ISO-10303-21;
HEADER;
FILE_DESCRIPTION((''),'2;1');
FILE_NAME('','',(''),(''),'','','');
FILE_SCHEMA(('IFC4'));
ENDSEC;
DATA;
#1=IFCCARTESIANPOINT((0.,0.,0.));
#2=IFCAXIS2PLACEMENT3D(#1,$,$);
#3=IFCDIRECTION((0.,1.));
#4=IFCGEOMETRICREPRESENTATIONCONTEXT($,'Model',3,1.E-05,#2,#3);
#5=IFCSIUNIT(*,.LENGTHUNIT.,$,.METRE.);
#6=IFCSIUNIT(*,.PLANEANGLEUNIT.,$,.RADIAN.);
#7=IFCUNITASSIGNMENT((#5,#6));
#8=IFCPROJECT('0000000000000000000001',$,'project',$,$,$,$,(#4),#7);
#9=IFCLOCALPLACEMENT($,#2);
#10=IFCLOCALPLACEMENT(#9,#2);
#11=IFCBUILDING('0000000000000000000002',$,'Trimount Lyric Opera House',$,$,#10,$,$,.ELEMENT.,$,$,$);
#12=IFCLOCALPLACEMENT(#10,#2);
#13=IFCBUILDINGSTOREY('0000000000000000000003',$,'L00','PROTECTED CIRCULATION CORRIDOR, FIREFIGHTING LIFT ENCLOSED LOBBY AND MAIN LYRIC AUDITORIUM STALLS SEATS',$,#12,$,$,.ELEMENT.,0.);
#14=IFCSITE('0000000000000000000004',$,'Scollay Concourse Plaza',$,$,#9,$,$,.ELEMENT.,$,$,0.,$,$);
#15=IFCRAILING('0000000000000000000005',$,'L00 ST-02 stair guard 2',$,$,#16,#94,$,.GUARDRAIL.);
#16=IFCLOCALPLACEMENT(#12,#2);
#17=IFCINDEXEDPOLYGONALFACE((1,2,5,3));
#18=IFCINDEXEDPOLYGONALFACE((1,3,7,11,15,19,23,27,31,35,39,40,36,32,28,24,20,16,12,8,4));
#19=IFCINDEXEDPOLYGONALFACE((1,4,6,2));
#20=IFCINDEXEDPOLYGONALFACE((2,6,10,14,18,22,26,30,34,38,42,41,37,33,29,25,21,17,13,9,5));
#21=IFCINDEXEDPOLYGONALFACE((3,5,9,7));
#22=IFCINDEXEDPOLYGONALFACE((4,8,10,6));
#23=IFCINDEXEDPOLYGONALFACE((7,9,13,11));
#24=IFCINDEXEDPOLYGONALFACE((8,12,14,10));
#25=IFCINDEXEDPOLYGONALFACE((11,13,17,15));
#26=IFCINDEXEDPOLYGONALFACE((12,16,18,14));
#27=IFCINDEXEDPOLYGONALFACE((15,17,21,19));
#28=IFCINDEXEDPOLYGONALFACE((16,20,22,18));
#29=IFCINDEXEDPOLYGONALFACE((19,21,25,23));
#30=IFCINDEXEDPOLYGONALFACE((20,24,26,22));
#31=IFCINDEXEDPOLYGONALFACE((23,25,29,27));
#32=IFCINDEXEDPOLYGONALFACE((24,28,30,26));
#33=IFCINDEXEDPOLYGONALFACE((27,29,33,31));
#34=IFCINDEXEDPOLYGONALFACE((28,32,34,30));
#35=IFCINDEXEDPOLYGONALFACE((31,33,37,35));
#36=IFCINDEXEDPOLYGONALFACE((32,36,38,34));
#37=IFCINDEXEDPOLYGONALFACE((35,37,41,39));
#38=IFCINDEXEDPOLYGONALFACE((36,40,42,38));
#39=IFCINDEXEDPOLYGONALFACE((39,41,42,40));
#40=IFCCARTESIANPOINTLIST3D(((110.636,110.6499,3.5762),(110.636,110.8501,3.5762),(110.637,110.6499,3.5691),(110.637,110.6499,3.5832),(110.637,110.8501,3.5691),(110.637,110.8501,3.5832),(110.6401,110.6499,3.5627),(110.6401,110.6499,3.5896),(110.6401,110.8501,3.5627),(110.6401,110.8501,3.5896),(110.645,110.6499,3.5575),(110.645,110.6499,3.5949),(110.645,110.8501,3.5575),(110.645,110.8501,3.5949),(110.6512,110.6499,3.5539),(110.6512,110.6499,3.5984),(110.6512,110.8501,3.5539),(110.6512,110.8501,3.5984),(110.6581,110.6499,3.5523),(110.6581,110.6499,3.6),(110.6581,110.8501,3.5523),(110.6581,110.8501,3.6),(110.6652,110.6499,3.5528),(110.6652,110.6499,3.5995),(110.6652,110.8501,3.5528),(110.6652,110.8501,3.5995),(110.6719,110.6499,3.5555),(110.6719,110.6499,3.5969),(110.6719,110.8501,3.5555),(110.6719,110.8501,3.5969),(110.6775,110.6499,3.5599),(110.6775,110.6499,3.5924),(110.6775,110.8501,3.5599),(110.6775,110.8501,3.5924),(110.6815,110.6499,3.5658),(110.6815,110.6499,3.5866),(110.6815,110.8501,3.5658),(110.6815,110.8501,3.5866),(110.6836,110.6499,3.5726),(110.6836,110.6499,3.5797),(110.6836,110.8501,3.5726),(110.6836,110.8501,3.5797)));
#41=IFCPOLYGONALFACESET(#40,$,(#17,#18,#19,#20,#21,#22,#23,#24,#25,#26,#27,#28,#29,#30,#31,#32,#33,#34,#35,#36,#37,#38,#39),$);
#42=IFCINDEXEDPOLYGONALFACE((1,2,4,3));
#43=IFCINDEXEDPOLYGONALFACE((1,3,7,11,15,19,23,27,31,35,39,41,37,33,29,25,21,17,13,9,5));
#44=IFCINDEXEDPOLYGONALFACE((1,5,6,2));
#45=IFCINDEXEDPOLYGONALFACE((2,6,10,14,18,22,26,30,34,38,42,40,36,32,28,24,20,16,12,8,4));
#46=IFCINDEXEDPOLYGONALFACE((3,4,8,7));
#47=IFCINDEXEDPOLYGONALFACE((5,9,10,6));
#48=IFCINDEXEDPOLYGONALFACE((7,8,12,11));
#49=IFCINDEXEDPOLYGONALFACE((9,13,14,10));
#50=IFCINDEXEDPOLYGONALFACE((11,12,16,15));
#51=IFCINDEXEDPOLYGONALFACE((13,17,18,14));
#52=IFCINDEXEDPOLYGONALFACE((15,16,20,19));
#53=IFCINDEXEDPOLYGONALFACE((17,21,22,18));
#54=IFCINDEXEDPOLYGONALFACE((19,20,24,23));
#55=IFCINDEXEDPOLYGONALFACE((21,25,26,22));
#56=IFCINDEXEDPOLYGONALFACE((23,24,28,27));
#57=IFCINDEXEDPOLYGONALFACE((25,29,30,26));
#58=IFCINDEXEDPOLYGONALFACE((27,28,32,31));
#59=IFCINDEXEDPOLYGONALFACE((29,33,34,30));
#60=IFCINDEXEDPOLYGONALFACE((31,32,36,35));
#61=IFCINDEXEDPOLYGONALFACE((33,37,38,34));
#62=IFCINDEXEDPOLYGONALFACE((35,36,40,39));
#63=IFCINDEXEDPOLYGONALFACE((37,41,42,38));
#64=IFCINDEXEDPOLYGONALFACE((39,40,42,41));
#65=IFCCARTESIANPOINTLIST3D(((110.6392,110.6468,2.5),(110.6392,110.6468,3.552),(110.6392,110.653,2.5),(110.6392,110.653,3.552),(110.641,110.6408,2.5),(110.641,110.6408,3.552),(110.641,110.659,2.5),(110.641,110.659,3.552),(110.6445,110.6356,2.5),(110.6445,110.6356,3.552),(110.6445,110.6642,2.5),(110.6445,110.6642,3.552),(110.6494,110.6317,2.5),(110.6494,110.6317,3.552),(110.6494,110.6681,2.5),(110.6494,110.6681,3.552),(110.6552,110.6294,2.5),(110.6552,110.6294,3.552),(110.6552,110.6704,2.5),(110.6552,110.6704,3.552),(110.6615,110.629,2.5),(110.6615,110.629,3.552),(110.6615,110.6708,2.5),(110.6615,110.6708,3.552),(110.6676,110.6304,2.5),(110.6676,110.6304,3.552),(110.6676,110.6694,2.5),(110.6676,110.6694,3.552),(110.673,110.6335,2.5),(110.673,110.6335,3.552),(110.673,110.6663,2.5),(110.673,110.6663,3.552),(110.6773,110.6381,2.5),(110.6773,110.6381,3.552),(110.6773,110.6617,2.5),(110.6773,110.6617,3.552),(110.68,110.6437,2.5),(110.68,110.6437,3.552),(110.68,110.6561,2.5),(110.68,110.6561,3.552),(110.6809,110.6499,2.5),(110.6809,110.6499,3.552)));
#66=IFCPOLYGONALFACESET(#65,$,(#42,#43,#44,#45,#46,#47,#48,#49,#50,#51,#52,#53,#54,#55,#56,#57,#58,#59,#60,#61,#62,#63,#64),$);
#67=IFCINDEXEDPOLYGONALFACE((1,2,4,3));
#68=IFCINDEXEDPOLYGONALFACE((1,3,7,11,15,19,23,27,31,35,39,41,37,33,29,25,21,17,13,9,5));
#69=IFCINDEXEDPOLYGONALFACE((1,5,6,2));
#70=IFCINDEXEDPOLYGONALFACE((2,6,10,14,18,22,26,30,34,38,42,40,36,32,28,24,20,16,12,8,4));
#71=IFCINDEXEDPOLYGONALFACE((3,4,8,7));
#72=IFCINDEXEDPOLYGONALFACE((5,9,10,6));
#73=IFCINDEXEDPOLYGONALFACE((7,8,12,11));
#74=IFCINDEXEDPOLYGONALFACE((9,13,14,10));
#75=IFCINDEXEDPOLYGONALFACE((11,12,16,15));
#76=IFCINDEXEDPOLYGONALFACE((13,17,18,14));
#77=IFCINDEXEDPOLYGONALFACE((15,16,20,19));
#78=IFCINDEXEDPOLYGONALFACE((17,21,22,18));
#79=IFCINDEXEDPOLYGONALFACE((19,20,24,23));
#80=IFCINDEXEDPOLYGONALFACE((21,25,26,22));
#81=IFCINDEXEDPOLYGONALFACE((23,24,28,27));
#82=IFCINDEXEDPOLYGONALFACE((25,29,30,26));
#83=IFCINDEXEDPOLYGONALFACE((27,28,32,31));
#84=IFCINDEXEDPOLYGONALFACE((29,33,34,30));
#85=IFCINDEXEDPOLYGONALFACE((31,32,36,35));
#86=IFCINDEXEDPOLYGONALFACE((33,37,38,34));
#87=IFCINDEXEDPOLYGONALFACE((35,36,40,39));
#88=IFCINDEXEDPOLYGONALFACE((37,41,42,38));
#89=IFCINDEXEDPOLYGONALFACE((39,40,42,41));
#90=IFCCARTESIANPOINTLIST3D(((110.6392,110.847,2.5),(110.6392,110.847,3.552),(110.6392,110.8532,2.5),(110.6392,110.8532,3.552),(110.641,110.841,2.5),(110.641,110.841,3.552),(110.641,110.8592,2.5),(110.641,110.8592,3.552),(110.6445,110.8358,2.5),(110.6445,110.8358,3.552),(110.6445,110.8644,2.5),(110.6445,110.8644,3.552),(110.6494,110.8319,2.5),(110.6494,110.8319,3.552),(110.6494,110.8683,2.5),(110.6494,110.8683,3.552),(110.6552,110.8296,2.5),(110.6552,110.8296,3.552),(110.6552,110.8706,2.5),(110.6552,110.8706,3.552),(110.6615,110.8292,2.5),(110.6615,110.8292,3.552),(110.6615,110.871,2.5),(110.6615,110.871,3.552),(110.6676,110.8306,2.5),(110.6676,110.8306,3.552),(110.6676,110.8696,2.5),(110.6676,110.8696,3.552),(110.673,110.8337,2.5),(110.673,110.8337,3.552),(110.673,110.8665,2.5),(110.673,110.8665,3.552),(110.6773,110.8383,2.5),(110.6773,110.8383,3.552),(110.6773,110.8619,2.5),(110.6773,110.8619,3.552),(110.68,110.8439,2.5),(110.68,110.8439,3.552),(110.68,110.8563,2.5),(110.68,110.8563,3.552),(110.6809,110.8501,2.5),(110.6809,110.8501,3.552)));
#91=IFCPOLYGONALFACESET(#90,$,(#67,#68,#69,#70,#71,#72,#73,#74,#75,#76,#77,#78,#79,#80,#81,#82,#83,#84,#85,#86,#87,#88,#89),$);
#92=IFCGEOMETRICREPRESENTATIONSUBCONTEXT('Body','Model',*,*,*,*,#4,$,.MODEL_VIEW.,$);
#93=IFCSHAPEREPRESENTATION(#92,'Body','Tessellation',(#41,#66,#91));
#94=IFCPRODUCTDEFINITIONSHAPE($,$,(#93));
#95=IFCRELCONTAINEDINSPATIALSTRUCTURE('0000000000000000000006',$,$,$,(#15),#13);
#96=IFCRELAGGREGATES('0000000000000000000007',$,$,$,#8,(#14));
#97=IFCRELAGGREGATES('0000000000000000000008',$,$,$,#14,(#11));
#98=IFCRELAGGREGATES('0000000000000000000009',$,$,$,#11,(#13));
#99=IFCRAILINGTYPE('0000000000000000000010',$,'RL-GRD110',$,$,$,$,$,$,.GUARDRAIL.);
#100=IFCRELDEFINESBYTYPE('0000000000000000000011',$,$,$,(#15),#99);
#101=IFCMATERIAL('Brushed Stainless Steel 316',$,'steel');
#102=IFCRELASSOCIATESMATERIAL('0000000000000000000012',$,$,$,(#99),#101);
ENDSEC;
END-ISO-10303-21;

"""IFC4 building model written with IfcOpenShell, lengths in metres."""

from ifc_helpers import new_model, si_unit, direction, frame, origin, origin_2d, place, context, subcontext, project, spatial, circle, extrude, material, type_object, element, save


model = new_model("IFC4")

# Units and contexts
model_context = context("Model", 3, precision=1e-05, world=origin(), true_north=direction((0.0, 1.0)))
body_context = subcontext(model_context, "Body", "Model", "MODEL_VIEW")
ifc_project = project(units=[si_unit("LENGTHUNIT", "METRE"), si_unit("PLANEANGLEUNIT", "RADIAN")], contexts=[model_context])

# Site, building, storey
site_placement = place(None, origin())
site = spatial("IfcSite", under=ifc_project, at=site_placement, Name="Scollay Concourse Plaza", CompositionType="ELEMENT", RefElevation=0.0)
building_placement = place(site_placement, origin())
building = spatial("IfcBuilding", under=site, at=building_placement, Name="Trimount Lyric Opera House", CompositionType="ELEMENT")
storey_placement = place(building_placement, origin())
storey = spatial("IfcBuildingStorey", under=building, at=storey_placement, Name="L00", Description="PROTECTED CIRCULATION CORRIDOR, FIREFIGHTING LIFT ENCLOSED LOBBY AND MAIN LYRIC AUDITORIUM STALLS SEATS", CompositionType="ELEMENT", Elevation=0.0)

# Railing
ifc_material_1 = material(Name="Brushed Stainless Steel 316", Category="steel")
railing_type_1 = type_object("IfcRailingType", Name="RL-GRD110", PredefinedType="GUARDRAIL", material=ifc_material_1)
railing_1_placement = place(storey_placement, frame((110.6599, 110.6499, 2.5)))
element("IfcRailing", 1, at=railing_1_placement, inside=storey, type_object=railing_type_1, Name="L00 ST-02 stair guard 2", PredefinedType="GUARDRAIL", context=body_context, shape_type="SweptSolid", body=[
    extrude(circle(Radius=0.0239, at=origin_2d()), frame((0.0, 0.0, 1.0762), z_axis=(0.0, 1.0, 0.0), x_axis=(-1.0, 0.0, 0.0)), (0.0, 0.0, 1.0), 0.2002),
    extrude(circle(Radius=0.021, at=origin_2d()), origin(), (0.0, 0.0, 1.0), 1.052),
    extrude(circle(Radius=0.021, at=origin_2d()), frame((0.0, 0.2002, 0.0)), (0.0, 0.0, 1.0), 1.052),
])

save(model, "model.ifc")
